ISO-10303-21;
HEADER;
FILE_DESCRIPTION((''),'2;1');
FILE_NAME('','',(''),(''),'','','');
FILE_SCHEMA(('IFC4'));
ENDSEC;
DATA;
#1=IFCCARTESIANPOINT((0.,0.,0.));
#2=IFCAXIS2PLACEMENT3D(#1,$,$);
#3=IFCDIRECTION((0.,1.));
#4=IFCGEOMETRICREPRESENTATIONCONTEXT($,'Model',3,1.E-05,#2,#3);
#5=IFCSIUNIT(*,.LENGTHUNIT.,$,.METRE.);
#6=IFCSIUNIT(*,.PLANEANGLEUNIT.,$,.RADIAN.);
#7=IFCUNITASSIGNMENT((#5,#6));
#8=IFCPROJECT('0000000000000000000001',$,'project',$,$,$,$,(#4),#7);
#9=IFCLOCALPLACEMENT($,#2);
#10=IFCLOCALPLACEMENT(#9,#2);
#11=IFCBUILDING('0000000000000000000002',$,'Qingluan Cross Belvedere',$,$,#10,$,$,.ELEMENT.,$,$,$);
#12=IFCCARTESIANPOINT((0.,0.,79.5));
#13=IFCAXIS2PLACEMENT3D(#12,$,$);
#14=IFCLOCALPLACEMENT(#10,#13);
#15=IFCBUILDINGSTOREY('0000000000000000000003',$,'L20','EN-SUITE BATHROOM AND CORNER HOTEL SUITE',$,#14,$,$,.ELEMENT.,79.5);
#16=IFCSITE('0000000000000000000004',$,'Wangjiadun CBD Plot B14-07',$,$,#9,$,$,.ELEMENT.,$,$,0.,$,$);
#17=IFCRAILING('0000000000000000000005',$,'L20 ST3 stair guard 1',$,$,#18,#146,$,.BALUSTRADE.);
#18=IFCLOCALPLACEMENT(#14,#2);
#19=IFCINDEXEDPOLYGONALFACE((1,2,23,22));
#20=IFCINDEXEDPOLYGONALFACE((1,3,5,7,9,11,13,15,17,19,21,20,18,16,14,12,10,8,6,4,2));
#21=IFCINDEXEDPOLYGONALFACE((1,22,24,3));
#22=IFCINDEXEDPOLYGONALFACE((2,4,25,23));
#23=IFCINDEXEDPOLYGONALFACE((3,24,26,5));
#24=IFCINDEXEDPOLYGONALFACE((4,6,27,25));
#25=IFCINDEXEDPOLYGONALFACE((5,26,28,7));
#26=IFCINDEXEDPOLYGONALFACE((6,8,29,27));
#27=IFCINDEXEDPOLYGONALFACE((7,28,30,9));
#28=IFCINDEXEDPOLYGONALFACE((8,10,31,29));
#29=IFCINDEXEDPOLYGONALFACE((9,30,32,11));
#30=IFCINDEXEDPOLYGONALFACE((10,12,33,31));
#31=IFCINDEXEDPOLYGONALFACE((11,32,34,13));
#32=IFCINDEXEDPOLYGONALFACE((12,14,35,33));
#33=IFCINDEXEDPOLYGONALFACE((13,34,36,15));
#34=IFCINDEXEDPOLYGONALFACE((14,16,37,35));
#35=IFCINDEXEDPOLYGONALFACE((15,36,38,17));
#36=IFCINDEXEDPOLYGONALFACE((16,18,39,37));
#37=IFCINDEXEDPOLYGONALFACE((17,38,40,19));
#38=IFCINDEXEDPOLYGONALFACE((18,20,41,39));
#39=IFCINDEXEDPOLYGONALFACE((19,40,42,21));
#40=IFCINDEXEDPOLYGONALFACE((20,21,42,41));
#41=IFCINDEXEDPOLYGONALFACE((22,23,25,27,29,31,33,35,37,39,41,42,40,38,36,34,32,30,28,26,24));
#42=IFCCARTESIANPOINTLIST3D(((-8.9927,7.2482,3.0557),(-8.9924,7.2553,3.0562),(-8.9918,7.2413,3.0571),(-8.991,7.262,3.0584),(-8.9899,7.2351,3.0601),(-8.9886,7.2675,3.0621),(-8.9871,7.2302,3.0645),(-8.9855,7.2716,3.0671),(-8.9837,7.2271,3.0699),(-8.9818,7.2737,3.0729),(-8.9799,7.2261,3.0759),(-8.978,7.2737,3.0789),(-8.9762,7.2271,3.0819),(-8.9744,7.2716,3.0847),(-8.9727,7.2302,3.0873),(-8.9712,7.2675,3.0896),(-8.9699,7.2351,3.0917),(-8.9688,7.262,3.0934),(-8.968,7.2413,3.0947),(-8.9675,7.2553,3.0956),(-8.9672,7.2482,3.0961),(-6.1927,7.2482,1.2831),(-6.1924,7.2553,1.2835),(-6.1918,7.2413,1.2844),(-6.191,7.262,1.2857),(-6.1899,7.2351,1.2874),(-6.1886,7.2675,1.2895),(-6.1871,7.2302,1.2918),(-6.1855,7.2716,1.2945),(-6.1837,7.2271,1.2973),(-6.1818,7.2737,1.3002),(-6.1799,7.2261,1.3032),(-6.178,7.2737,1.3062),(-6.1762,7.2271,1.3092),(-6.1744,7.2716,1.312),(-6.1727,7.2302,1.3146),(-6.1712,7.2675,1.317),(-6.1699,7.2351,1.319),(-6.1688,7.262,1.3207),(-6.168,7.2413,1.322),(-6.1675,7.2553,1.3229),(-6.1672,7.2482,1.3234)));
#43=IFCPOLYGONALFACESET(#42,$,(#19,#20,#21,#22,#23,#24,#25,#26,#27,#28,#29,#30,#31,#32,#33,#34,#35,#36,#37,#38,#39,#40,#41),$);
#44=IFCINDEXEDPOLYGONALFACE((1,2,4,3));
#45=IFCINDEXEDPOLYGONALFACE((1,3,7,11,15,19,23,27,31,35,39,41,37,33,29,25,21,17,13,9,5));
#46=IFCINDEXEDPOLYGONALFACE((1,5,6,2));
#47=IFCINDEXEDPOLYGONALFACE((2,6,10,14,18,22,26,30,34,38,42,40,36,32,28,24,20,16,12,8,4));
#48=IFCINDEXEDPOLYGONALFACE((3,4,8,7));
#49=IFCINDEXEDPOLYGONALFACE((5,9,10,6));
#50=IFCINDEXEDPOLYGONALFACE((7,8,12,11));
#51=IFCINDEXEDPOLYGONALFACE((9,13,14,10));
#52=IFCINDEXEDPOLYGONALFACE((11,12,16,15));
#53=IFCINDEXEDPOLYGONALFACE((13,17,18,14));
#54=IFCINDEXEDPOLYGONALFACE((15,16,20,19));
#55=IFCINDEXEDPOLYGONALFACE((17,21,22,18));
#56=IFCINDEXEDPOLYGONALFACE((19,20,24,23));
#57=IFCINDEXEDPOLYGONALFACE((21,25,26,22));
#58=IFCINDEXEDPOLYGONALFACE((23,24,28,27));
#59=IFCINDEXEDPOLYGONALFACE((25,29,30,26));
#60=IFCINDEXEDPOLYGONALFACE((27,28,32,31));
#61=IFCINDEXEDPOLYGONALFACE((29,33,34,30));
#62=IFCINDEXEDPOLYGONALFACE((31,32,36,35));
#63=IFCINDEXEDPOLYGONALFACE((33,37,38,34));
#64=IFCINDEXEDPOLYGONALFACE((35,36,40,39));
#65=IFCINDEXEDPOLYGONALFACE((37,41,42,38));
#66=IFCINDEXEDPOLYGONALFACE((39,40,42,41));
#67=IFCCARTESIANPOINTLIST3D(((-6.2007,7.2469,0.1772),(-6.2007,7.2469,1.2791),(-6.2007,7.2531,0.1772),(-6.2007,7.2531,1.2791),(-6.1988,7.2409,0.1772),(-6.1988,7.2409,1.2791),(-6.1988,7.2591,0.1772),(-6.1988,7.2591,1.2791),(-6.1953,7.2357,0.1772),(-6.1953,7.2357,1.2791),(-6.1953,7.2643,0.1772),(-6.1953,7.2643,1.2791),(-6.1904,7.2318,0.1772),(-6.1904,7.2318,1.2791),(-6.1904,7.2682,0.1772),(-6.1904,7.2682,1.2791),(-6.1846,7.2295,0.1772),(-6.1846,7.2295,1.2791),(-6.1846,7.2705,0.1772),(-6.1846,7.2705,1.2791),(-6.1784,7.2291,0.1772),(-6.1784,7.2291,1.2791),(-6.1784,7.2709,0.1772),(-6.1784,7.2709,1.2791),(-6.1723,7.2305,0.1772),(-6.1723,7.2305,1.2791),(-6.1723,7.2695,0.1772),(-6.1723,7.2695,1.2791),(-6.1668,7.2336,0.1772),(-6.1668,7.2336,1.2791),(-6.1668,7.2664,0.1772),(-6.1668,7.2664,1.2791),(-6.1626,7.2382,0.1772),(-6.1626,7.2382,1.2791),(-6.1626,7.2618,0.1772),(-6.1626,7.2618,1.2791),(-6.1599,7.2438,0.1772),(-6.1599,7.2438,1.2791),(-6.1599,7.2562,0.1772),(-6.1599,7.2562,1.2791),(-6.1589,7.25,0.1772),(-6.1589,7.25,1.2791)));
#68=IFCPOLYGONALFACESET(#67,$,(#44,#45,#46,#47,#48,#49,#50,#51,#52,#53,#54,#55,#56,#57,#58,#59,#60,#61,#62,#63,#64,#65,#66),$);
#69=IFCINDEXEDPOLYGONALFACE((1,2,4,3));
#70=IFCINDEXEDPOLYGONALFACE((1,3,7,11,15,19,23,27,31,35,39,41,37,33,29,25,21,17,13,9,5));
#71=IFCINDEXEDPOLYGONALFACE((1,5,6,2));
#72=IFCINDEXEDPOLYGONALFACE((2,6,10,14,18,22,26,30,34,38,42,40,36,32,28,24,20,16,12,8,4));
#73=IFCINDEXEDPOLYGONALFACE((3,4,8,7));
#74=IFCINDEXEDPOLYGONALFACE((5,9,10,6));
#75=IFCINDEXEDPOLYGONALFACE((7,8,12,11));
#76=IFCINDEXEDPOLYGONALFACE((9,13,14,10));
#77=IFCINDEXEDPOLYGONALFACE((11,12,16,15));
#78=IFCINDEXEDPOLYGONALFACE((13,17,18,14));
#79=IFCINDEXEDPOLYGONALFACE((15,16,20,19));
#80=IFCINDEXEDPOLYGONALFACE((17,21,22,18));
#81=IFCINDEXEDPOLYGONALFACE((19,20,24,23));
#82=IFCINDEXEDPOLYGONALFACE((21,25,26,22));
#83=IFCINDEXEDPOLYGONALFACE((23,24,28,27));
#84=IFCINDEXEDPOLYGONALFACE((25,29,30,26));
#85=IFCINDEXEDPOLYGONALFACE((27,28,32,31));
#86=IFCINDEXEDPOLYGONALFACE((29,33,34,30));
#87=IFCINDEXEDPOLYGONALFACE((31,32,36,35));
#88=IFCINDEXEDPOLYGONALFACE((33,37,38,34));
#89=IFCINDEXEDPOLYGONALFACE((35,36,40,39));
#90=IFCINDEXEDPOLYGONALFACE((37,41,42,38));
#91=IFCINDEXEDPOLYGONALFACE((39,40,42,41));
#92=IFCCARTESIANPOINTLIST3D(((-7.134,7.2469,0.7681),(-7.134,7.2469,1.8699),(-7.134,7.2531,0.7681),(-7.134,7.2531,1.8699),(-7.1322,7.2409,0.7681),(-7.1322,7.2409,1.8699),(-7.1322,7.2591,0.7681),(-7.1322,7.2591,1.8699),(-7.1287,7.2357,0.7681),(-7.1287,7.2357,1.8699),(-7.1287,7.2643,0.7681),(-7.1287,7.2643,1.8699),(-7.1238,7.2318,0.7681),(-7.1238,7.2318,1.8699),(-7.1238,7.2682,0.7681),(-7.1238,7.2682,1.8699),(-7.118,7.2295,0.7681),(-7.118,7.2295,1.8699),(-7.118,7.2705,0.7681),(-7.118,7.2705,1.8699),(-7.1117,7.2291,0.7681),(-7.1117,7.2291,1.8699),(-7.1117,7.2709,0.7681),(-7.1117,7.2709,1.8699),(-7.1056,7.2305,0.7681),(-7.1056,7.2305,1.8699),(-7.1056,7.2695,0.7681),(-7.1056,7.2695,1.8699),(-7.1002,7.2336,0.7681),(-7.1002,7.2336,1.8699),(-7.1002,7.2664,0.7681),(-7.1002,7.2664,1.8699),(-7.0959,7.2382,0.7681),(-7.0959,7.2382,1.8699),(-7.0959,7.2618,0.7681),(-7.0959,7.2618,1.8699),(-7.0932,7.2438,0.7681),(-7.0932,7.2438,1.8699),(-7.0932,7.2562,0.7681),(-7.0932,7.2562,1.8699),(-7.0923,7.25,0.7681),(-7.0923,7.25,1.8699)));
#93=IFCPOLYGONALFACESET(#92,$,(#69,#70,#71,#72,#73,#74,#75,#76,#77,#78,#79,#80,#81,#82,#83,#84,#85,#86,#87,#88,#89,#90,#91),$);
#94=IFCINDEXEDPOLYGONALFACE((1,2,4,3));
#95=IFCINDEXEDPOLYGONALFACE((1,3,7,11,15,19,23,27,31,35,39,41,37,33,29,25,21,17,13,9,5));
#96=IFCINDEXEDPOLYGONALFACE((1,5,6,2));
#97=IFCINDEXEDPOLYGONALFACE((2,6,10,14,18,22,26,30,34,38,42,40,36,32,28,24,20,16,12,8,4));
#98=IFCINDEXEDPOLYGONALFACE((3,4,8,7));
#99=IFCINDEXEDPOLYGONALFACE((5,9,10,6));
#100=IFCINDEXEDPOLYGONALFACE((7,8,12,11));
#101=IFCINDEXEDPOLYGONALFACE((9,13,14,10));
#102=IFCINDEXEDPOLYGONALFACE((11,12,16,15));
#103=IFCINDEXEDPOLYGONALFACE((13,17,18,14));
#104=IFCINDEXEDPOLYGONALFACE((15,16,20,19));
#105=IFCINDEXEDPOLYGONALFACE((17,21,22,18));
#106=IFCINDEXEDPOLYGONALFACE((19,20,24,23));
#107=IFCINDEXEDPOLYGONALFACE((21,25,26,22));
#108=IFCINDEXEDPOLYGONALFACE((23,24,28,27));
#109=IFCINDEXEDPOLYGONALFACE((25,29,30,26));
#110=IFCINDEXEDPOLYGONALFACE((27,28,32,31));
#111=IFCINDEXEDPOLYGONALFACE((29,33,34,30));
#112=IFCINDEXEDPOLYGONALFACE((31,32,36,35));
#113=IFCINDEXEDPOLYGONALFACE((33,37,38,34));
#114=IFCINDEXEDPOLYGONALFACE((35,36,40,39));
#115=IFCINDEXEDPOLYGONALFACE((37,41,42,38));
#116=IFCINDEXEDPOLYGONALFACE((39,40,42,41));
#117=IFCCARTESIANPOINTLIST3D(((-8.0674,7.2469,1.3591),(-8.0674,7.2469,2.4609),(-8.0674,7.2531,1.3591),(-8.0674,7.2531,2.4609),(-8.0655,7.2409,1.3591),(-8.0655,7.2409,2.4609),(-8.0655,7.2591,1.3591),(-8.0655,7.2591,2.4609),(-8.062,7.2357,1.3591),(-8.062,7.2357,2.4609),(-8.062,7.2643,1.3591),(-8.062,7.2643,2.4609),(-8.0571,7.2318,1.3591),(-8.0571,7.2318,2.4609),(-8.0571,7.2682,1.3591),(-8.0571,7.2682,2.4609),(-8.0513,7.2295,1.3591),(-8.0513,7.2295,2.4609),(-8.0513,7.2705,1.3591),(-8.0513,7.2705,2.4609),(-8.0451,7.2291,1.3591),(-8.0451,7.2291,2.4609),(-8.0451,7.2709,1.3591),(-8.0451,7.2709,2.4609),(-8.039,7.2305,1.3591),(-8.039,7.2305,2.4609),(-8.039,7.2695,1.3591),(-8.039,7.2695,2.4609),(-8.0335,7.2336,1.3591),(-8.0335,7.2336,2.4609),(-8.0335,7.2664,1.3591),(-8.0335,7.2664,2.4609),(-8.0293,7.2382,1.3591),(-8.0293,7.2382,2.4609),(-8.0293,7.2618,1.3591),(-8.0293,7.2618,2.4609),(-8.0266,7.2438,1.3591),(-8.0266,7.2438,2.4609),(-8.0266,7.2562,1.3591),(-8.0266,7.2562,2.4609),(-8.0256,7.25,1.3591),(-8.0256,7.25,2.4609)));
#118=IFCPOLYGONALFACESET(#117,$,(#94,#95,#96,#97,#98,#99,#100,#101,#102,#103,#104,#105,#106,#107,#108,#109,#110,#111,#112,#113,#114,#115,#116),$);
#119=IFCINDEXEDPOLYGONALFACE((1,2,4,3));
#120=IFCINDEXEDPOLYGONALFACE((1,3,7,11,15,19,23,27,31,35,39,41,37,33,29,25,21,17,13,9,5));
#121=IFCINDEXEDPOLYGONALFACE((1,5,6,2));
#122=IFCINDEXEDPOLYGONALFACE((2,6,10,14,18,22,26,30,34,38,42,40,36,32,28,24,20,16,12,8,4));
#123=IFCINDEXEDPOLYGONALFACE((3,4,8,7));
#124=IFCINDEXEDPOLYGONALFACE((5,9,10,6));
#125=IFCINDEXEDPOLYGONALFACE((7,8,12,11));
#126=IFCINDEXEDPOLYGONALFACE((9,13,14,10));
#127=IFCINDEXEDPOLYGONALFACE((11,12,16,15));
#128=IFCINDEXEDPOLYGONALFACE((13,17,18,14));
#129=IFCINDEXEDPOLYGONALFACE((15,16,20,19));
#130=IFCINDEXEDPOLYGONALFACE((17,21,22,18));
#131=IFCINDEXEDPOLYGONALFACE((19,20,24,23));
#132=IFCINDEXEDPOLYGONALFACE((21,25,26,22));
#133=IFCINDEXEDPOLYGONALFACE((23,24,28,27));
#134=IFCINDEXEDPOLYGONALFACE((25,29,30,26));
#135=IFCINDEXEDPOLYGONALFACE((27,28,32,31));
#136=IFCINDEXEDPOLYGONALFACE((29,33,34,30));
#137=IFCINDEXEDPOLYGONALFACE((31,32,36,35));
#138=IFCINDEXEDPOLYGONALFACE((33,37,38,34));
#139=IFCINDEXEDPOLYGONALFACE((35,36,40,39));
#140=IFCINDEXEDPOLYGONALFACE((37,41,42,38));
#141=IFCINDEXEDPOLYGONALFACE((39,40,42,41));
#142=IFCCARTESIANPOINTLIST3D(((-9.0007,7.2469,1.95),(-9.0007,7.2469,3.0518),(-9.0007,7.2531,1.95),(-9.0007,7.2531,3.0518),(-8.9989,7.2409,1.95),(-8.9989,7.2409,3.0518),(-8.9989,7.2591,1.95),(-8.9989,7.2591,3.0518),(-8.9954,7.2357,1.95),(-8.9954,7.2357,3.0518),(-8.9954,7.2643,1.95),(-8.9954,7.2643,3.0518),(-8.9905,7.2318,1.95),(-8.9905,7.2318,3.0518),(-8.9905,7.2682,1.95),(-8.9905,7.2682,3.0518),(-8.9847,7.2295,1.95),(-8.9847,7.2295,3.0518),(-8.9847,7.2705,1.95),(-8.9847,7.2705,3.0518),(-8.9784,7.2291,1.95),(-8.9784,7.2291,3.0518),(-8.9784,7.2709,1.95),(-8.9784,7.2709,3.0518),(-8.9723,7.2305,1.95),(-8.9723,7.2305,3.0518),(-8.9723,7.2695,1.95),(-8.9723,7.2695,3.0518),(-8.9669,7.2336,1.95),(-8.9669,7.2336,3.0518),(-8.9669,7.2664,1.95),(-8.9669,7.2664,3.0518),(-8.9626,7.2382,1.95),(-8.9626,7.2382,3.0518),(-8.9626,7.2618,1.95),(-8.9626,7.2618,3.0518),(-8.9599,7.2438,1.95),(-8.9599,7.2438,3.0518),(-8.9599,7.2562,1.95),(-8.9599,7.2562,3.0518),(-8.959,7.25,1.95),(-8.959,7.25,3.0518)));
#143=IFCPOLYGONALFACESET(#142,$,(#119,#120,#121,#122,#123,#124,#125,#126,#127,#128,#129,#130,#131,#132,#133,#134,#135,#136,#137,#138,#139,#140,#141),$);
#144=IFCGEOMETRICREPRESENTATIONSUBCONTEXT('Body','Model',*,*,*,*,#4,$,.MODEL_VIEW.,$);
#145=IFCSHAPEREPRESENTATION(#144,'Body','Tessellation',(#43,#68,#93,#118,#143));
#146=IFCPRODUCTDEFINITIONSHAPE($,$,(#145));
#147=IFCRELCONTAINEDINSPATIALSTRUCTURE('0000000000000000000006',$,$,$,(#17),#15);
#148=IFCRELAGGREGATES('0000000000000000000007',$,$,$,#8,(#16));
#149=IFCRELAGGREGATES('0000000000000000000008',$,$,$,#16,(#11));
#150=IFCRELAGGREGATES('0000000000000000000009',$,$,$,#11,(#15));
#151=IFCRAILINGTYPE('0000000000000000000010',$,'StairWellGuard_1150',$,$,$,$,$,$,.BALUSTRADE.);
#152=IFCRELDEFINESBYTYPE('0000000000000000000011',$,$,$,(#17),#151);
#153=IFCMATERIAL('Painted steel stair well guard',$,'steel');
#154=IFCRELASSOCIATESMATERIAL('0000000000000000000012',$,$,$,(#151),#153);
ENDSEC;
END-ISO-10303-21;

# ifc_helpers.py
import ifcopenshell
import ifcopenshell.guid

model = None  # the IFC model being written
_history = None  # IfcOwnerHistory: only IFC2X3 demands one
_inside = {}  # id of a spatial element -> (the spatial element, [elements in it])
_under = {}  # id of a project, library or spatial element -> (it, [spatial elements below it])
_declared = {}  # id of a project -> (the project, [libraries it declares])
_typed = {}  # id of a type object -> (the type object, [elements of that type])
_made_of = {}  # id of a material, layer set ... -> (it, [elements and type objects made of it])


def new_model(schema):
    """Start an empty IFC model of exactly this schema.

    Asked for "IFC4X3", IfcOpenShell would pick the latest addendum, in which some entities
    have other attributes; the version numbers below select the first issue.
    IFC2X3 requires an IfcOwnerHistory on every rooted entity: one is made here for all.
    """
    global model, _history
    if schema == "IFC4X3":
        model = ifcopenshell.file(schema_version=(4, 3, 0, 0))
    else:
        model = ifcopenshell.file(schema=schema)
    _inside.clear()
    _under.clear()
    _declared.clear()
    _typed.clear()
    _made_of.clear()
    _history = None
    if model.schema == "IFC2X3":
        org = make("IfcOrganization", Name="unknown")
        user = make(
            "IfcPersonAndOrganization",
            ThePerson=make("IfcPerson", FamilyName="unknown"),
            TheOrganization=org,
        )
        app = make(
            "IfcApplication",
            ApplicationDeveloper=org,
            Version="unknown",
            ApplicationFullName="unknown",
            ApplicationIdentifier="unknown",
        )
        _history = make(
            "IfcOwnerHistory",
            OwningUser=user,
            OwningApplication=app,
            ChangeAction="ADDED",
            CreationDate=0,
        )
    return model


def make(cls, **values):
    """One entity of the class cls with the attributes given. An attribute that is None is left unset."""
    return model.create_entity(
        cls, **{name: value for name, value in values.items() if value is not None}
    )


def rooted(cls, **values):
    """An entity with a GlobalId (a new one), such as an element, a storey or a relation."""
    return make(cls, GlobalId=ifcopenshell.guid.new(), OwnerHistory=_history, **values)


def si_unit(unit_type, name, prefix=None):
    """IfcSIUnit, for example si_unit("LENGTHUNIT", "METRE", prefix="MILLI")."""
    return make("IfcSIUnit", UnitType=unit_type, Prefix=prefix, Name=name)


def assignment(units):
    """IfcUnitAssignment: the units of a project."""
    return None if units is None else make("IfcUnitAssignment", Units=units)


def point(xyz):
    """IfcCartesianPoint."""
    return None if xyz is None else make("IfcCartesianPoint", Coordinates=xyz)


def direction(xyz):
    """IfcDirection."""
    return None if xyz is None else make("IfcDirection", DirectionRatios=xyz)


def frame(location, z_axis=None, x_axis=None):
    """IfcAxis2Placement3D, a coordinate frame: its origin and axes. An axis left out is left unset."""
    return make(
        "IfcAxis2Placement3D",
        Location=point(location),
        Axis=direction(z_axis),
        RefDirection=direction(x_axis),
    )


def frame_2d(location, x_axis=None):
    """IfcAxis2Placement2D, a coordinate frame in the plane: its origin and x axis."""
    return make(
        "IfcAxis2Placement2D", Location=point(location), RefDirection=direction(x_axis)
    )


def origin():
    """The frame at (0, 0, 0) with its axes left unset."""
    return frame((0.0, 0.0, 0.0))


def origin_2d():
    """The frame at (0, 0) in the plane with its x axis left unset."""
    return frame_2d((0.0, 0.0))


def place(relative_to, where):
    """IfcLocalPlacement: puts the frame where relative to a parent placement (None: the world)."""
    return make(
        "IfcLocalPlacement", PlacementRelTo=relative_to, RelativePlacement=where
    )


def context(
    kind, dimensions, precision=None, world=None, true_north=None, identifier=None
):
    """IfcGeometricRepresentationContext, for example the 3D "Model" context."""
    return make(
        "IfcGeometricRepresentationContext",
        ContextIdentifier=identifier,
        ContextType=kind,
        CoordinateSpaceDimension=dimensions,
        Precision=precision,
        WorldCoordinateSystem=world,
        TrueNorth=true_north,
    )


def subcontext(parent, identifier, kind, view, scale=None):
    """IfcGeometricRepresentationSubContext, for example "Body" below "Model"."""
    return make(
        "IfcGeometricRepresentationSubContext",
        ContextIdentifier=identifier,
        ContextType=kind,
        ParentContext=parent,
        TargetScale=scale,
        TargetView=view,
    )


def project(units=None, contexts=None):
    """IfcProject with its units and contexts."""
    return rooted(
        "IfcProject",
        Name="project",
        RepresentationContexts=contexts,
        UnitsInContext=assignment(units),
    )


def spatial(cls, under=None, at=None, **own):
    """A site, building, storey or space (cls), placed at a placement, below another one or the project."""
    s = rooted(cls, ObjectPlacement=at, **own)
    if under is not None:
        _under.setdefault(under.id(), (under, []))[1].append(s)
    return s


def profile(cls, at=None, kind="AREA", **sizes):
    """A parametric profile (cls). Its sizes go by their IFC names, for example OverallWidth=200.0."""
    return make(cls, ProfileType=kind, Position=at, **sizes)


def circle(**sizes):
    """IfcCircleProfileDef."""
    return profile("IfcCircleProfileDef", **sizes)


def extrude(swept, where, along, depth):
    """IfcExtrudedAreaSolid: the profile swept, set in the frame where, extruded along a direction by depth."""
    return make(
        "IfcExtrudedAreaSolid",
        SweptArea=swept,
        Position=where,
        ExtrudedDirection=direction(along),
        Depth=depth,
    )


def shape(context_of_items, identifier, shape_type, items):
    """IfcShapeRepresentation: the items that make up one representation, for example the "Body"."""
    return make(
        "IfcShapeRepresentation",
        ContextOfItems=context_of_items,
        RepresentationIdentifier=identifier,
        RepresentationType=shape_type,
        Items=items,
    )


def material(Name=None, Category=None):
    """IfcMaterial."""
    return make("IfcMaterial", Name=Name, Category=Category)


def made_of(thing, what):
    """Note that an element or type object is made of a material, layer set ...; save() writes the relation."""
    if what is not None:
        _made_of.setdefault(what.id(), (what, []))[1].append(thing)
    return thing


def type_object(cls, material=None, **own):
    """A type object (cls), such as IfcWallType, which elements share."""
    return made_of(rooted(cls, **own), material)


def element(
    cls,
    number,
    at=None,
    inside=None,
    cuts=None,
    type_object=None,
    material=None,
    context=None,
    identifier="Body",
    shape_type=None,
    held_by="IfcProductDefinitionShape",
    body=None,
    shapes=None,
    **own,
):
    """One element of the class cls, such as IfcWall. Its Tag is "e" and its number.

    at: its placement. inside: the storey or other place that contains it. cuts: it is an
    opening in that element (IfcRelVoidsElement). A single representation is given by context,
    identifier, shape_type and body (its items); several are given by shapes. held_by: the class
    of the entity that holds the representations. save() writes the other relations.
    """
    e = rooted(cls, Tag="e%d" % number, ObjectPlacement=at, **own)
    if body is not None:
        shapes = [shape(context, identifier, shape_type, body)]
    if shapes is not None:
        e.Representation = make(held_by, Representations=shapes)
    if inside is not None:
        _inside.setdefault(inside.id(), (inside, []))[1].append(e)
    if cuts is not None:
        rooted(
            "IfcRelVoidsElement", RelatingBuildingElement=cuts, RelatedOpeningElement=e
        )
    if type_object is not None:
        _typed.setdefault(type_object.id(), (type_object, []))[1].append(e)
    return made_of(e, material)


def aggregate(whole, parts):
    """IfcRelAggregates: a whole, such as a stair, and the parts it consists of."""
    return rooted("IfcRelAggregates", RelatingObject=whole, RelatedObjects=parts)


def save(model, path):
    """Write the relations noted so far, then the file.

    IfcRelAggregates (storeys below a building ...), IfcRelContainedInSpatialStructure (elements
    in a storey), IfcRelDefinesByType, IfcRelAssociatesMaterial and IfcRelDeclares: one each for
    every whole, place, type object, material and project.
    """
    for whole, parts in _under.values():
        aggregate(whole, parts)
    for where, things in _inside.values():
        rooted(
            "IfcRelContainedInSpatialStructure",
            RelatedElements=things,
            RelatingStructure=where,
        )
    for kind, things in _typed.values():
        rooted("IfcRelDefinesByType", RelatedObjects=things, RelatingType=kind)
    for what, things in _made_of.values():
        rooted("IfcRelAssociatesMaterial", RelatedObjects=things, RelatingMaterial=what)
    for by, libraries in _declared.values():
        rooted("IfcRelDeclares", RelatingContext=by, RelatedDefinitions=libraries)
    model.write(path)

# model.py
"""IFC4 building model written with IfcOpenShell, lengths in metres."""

from ifc_helpers import new_model, si_unit, direction, frame, origin, origin_2d, place, context, subcontext, project, spatial, circle, extrude, material, type_object, element, save


model = new_model("IFC4")

# Units and contexts
model_context = context("Model", 3, precision=1e-05, world=origin(), true_north=direction((0.0, 1.0)))
body_context = subcontext(model_context, "Body", "Model", "MODEL_VIEW")
ifc_project = project(units=[si_unit("LENGTHUNIT", "METRE"), si_unit("PLANEANGLEUNIT", "RADIAN")], contexts=[model_context])

# Site, building, storey
site_placement = place(None, origin())
site = spatial("IfcSite", under=ifc_project, at=site_placement, Name="Wangjiadun CBD Plot B14-07", CompositionType="ELEMENT", RefElevation=0.0)
building_placement = place(site_placement, origin())
building = spatial("IfcBuilding", under=site, at=building_placement, Name="Qingluan Cross Belvedere", CompositionType="ELEMENT")
storey_placement = place(building_placement, frame((0.0, 0.0, 79.5)))
storey = spatial("IfcBuildingStorey", under=building, at=storey_placement, Name="L20", Description="EN-SUITE BATHROOM AND CORNER HOTEL SUITE", CompositionType="ELEMENT", Elevation=79.5)

# Railing
ifc_material_1 = material(Name="Painted steel stair well guard", Category="steel")
railing_type_1 = type_object("IfcRailingType", Name="StairWellGuard_1150", PredefinedType="BALUSTRADE", material=ifc_material_1)
railing_1_placement = place(storey_placement, frame((-6.1799, 7.25, 0.1772)))
element("IfcRailing", 1, at=railing_1_placement, inside=storey, type_object=railing_type_1, Name="L20 ST3 stair guard 1", PredefinedType="BALUSTRADE", context=body_context, shape_type="SweptSolid", body=[
    extrude(circle(Radius=0.0239, at=origin_2d()), frame((0.0, 0.0, 1.126), z_axis=(-0.844909, 0.0, 0.53491), x_axis=(0.0, -1.0, 0.0)), (0.0, 0.0, 1.0), 3.314),
    extrude(circle(Radius=0.021, at=origin_2d()), origin(), (0.0, 0.0, 1.0), 1.1018),
    extrude(circle(Radius=0.021, at=origin_2d()), frame((-0.9333, 0.0, 0.5908)), (0.0, 0.0, 1.0), 1.1018),
    extrude(circle(Radius=0.021, at=origin_2d()), frame((-1.8667, 0.0, 1.1819)), (0.0, 0.0, 1.0), 1.1018),
    extrude(circle(Radius=0.021, at=origin_2d()), frame((-2.8, 0.0, 1.7727)), (0.0, 0.0, 1.0), 1.1018),
])

save(model, "model.ifc")
